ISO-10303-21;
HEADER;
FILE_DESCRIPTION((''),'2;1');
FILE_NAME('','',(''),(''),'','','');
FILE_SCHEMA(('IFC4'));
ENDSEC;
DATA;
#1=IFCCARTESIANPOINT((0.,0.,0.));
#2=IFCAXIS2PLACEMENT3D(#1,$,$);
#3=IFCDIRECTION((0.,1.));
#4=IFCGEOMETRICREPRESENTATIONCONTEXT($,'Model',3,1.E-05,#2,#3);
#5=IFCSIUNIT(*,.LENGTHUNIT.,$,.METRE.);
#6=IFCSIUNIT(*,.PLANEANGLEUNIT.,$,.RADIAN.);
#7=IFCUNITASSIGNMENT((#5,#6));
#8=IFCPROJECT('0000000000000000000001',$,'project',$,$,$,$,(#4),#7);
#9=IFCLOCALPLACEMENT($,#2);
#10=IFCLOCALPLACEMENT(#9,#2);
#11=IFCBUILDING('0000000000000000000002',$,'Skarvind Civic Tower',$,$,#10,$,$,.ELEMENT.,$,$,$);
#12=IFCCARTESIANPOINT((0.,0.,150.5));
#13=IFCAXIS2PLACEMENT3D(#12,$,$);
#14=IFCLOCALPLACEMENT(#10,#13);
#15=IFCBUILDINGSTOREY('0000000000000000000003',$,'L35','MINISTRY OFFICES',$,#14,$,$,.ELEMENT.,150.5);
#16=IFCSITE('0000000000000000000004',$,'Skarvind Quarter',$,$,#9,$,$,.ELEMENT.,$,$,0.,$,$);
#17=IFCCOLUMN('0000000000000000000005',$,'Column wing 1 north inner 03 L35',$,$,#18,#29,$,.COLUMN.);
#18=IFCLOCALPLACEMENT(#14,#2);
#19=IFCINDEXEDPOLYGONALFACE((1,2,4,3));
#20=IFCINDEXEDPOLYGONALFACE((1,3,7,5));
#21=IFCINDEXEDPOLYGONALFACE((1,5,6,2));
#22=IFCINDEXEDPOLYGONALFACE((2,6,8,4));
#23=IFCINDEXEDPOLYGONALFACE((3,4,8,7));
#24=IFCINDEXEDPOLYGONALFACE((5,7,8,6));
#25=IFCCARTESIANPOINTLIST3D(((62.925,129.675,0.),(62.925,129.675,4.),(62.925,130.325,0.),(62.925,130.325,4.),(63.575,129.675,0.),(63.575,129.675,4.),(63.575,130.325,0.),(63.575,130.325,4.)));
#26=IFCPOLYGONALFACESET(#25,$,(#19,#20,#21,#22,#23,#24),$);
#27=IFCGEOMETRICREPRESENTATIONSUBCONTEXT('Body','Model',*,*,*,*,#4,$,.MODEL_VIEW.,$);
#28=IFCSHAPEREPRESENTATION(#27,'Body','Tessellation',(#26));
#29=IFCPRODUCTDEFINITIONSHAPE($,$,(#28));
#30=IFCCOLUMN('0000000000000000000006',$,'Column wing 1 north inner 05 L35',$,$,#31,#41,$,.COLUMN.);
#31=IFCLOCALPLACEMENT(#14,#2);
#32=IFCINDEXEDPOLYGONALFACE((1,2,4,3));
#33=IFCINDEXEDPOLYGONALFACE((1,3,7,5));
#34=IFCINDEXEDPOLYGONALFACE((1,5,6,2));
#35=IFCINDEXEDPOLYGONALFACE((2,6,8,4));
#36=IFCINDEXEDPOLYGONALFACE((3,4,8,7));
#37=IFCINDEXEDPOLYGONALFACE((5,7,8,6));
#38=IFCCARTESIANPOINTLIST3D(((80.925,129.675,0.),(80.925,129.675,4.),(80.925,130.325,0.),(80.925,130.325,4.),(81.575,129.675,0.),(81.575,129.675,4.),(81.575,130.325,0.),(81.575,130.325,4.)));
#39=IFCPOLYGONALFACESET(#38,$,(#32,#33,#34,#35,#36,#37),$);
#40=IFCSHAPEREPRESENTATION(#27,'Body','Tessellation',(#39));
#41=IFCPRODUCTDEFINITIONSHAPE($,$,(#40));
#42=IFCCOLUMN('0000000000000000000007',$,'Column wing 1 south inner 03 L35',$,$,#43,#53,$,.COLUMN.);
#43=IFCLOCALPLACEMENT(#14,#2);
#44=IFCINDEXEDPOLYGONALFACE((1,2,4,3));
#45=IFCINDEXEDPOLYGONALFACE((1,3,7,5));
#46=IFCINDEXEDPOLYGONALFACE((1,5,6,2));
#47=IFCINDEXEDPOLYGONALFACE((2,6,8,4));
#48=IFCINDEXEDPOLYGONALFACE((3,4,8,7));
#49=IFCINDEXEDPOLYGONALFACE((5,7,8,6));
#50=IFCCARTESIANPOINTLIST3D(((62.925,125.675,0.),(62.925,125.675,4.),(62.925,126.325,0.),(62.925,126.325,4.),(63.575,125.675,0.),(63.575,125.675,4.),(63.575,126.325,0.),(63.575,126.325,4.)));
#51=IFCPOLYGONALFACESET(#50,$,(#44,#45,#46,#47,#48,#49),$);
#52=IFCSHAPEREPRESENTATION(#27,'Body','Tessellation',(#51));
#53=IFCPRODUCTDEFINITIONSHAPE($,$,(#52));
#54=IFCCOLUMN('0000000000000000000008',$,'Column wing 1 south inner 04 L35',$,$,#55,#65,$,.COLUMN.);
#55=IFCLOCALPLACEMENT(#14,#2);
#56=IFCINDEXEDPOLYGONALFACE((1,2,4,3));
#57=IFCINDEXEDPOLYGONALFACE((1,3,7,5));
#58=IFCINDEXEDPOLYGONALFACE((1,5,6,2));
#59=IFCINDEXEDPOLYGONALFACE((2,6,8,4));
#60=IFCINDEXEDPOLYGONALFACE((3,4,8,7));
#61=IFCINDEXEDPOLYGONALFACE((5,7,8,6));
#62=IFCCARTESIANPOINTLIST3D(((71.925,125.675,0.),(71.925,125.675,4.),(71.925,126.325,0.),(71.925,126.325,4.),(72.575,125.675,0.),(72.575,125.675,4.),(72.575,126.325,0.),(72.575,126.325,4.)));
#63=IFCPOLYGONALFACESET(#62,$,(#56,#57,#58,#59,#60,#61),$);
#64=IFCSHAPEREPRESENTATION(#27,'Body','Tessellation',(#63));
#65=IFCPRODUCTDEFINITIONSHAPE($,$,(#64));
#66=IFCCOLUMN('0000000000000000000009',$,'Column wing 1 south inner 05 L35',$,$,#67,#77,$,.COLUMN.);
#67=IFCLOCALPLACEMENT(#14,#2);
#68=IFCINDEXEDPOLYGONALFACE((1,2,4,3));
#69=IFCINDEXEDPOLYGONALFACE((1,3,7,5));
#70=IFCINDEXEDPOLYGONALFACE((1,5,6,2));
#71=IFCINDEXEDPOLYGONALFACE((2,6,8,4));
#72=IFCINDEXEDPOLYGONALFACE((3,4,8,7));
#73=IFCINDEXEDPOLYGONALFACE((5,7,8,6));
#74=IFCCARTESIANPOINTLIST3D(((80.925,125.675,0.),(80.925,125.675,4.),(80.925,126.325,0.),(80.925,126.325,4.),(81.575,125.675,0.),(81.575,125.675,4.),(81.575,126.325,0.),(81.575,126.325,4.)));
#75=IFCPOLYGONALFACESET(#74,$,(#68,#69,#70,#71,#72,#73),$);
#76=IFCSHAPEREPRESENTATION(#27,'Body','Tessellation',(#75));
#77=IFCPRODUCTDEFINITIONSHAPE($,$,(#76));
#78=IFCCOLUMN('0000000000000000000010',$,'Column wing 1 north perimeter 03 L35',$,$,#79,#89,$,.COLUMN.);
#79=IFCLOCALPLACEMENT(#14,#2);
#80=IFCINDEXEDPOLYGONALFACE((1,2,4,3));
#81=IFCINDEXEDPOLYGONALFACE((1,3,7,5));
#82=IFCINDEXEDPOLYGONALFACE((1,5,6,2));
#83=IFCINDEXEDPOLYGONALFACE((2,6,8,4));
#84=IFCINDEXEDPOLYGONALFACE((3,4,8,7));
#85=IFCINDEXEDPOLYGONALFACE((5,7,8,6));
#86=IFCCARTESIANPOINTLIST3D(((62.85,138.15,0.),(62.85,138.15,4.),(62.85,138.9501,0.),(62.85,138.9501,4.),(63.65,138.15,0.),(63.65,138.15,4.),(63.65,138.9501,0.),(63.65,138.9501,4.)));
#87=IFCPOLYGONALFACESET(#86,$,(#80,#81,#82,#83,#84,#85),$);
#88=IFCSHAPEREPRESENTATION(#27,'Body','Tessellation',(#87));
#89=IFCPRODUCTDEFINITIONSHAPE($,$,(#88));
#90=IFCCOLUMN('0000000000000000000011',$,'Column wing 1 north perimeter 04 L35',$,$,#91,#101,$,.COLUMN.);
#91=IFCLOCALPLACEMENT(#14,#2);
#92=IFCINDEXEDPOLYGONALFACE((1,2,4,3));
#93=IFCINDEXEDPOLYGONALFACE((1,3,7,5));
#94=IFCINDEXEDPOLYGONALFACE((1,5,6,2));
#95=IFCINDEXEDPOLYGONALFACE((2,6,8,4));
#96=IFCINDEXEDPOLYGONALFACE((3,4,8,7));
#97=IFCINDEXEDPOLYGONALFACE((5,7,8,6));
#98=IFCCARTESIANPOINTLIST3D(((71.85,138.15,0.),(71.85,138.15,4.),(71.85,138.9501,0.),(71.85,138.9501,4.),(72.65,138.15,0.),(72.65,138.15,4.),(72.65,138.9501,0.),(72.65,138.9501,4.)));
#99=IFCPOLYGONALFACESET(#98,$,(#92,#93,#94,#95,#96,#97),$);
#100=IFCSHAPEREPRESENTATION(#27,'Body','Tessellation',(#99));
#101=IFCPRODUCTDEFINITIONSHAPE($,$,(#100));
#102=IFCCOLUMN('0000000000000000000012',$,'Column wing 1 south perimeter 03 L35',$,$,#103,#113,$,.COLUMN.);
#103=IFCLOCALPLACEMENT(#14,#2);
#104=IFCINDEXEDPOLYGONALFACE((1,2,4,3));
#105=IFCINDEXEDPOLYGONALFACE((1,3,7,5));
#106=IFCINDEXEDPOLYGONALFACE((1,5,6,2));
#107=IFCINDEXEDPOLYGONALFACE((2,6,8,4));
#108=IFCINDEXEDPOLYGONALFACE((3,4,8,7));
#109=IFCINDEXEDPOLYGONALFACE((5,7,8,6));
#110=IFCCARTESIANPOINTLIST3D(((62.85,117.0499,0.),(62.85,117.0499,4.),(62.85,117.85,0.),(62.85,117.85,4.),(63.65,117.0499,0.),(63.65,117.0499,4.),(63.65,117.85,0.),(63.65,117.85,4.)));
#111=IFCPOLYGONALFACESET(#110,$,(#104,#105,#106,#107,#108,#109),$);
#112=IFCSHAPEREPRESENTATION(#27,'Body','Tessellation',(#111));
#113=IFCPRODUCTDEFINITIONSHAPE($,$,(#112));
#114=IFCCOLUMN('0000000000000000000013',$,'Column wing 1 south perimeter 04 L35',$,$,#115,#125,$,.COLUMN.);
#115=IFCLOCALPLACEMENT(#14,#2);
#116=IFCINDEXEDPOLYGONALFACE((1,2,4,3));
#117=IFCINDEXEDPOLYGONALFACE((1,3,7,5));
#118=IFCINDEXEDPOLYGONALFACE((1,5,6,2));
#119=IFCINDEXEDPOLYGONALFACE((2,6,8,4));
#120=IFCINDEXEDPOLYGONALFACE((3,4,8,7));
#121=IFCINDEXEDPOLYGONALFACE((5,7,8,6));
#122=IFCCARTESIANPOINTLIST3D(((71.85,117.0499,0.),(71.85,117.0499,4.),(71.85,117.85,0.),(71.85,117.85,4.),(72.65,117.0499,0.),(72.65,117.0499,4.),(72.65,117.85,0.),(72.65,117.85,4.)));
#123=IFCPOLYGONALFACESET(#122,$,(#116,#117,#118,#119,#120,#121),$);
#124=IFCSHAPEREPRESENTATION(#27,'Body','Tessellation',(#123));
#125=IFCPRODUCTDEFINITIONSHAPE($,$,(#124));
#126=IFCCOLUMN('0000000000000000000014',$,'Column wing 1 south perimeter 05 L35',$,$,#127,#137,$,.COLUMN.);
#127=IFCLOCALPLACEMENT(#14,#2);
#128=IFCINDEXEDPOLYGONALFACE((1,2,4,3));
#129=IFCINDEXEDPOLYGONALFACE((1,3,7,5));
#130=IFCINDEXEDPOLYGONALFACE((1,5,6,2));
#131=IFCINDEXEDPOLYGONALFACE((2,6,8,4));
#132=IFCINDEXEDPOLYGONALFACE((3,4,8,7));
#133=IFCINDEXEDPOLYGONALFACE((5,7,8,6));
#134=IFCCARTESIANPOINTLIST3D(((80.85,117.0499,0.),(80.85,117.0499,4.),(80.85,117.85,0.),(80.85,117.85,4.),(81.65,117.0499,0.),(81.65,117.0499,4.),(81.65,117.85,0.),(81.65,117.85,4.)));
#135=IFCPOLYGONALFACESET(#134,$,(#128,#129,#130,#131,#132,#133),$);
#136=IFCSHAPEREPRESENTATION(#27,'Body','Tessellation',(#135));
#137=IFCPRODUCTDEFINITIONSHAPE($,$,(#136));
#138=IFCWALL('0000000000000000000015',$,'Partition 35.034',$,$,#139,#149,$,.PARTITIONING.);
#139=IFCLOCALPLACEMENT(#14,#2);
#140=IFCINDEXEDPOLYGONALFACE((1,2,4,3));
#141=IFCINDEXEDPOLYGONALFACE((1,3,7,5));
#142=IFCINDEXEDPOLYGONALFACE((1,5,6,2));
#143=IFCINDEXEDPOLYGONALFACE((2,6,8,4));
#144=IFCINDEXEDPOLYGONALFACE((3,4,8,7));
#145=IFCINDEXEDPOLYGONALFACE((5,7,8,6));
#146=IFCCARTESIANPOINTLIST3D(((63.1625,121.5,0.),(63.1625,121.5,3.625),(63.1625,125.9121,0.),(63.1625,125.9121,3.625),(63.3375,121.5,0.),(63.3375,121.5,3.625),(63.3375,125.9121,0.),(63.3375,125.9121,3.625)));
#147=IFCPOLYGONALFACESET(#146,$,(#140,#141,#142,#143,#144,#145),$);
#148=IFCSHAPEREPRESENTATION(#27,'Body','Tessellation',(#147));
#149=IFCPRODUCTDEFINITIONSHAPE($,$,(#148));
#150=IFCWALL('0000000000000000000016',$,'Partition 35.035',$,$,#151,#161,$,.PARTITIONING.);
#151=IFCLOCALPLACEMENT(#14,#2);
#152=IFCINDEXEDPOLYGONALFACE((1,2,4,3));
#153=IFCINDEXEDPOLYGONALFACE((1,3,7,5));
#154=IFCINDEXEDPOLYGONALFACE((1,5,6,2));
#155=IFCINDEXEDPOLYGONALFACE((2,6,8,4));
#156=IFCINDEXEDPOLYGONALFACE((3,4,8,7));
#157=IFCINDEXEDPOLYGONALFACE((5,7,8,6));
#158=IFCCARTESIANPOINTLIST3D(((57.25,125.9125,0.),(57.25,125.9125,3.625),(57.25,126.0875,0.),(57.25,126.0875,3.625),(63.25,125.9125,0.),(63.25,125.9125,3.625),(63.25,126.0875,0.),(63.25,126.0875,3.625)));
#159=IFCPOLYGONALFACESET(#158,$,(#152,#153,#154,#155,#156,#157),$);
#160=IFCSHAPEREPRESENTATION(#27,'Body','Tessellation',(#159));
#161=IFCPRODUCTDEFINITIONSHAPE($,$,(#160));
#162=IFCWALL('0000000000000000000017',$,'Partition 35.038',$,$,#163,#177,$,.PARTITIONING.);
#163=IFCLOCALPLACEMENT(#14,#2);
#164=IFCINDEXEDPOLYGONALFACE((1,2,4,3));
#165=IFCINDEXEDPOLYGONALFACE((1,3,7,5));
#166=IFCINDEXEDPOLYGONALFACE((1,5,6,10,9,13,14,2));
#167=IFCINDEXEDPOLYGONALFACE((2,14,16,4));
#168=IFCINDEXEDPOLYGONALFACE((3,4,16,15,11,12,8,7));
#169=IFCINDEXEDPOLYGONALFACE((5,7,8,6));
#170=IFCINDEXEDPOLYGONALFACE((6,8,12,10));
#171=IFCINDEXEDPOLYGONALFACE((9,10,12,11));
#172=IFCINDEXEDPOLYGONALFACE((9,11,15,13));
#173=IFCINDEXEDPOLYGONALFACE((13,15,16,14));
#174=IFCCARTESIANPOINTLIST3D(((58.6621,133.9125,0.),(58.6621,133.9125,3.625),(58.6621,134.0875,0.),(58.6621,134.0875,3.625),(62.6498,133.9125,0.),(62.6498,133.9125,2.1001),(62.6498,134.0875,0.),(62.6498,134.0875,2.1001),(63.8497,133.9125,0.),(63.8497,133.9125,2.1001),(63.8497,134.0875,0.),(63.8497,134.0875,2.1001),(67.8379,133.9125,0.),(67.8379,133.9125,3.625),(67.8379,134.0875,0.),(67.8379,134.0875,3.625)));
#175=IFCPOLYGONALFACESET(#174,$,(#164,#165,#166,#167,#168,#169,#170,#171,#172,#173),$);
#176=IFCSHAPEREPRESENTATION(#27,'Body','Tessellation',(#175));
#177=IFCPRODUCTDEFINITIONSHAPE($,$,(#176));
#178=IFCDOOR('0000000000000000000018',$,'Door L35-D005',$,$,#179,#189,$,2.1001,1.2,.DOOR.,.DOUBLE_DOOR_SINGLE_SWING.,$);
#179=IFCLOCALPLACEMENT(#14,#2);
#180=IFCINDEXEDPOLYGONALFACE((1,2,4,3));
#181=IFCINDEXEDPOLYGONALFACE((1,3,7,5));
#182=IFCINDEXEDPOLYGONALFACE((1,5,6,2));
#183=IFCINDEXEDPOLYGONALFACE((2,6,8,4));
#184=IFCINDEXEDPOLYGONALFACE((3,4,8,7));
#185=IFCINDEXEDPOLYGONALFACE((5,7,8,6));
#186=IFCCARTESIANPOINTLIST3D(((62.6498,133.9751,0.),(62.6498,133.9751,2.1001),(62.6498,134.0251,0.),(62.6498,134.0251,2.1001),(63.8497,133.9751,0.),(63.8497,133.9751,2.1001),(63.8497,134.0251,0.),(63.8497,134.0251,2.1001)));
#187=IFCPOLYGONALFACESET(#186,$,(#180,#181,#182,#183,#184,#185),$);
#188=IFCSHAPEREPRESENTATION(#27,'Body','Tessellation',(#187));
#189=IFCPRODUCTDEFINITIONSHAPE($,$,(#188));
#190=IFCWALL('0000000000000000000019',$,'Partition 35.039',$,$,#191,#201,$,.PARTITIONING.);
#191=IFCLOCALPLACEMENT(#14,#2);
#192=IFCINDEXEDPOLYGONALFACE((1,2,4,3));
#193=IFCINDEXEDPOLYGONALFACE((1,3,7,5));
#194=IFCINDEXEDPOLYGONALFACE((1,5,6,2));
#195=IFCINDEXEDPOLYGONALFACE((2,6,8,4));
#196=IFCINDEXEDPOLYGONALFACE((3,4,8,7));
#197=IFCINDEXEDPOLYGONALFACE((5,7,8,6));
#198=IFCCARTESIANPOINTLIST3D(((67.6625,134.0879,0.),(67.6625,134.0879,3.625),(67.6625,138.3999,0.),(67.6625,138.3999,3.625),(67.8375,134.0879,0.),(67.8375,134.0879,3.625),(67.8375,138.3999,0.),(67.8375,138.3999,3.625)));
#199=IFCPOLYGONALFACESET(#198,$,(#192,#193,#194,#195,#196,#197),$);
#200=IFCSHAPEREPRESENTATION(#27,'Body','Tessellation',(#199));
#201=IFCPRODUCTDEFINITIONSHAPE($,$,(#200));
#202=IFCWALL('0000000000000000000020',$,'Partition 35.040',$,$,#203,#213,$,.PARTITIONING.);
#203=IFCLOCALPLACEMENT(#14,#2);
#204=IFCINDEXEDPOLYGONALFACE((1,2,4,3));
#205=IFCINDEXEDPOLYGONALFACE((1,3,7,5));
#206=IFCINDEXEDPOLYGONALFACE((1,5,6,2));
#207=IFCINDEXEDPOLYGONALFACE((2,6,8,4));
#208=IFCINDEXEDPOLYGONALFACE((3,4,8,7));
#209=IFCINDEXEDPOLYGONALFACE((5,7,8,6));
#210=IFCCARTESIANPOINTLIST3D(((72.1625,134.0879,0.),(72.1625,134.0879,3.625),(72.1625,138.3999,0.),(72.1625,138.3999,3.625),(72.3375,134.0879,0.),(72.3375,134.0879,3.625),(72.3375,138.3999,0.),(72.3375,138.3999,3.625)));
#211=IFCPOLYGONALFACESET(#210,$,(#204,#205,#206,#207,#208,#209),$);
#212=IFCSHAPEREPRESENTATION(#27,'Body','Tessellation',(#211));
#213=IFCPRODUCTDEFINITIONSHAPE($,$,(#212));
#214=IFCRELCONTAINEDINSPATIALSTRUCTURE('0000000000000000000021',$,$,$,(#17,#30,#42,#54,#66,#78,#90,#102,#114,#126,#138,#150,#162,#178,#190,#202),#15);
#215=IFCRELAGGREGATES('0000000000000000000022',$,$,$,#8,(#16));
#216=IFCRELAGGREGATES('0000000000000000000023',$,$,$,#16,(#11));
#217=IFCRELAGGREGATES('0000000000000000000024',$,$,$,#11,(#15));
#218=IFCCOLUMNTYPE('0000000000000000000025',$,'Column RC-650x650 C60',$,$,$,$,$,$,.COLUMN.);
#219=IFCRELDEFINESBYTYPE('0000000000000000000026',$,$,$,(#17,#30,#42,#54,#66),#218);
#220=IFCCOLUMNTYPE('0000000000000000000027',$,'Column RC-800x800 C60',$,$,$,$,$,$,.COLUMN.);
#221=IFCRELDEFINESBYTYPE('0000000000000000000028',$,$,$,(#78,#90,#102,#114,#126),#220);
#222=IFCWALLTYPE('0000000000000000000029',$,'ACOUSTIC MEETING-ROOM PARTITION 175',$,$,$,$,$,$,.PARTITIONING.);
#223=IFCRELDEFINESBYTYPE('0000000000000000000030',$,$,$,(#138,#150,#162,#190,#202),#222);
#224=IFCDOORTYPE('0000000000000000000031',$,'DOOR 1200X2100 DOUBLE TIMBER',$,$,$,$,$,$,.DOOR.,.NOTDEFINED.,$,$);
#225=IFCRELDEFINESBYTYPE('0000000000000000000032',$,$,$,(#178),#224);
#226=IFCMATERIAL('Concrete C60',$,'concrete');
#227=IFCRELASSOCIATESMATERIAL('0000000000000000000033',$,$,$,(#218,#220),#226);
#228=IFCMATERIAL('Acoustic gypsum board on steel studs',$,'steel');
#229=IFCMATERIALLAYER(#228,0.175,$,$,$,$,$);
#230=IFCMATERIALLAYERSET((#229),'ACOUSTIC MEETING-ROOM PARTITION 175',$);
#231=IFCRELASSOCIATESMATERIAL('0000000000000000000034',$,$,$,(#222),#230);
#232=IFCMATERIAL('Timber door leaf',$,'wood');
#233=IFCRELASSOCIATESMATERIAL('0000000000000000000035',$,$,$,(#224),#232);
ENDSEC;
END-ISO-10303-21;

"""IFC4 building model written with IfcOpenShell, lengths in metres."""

from ifc_helpers import new_model, si_unit, direction, frame, frame_2d, origin, origin_2d, place, context, subcontext, project, spatial, rectangle, extrude, material, layer, layer_set, material_profile, profile_set, type_object, element, fill, save


model = new_model("IFC4")

# Units and contexts
model_context = context("Model", 3, precision=1e-05, world=origin(), true_north=direction((0.0, 1.0)))
body_context = subcontext(model_context, "Body", "Model", "MODEL_VIEW")
ifc_project = project(units=[si_unit("LENGTHUNIT", "METRE"), si_unit("PLANEANGLEUNIT", "RADIAN")], contexts=[model_context])

# Site, building, storey
site_placement = place(None, origin())
site = spatial("IfcSite", under=ifc_project, at=site_placement, Name="Skarvind Quarter", CompositionType="ELEMENT", RefElevation=0.0)
building_placement = place(site_placement, origin())
building = spatial("IfcBuilding", under=site, at=building_placement, Name="Skarvind Civic Tower", CompositionType="ELEMENT")
storey_placement = place(building_placement, frame((0.0, 0.0, 150.5)))
storey = spatial("IfcBuildingStorey", under=building, at=storey_placement, Name="L35", Description="MINISTRY OFFICES", CompositionType="ELEMENT", Elevation=150.5)

# Columns
ifc_material_1 = material(Name="Concrete C60", Category="concrete")
ifc_material_profile_1 = material_profile(ifc_material_1, rectangle(XDim=0.6499, YDim=0.6499, at=origin_2d()), Name="RC-650x650")
ifc_profile_set_1 = profile_set([ifc_material_profile_1], Name="Concrete C60")
column_type_1 = type_object("IfcColumnType", Name="Column RC-650x650 C60", PredefinedType="COLUMN", material=ifc_profile_set_1)
for number, where, z_axis, x_axis, name in (
    (1, (63.25, 130.0, 0.0), (0.0, 0.0, 1.0), (1.0, 0.0, 0.0), "Column wing 1 north inner 03 L35"),
    (2, (81.25, 130.0, 0.0), (0.0, 0.0, 1.0), (1.0, 0.0, 0.0), "Column wing 1 north inner 05 L35"),
    (3, (63.25, 126.0, 0.0), (0.0, 0.0, 1.0), (1.0, 0.0, 0.0), "Column wing 1 south inner 03 L35"),
    (4, (72.25, 126.0, 0.0), (0.0, 0.0, 1.0), (1.0, 0.0, 0.0), "Column wing 1 south inner 04 L35"),
    (5, (81.25, 126.0, 0.0), (0.0, 0.0, 1.0), (1.0, 0.0, 0.0), "Column wing 1 south inner 05 L35"),
):
    element("IfcColumn", number, at=place(storey_placement, frame(where, z_axis=z_axis, x_axis=x_axis)), inside=storey, type_object=column_type_1, Name=name, PredefinedType="COLUMN", context=body_context, shape_type="SweptSolid", body=[
        extrude(rectangle(XDim=0.6499, YDim=0.6499, at=origin_2d()), origin(), (0.0, 0.0, 1.0), 4.0),
    ])
ifc_material_profile_2 = material_profile(ifc_material_1, rectangle(XDim=0.8, YDim=0.8, at=origin_2d()), Name="RC-800x800")
ifc_profile_set_2 = profile_set([ifc_material_profile_2], Name="Concrete C60")
column_type_2 = type_object("IfcColumnType", Name="Column RC-800x800 C60", PredefinedType="COLUMN", material=ifc_profile_set_2)
for number, where, z_axis, x_axis, name in (
    (6, (63.25, 138.55, 0.0), (0.0, 0.0, 1.0), (1.0, 0.0, 0.0), "Column wing 1 north perimeter 03 L35"),
    (7, (72.25, 138.55, 0.0), (0.0, 0.0, 1.0), (1.0, 0.0, 0.0), "Column wing 1 north perimeter 04 L35"),
    (8, (63.25, 117.45, 0.0), (0.0, 0.0, 1.0), (1.0, 0.0, 0.0), "Column wing 1 south perimeter 03 L35"),
    (9, (72.25, 117.45, 0.0), (0.0, 0.0, 1.0), (1.0, 0.0, 0.0), "Column wing 1 south perimeter 04 L35"),
    (10, (81.25, 117.45, 0.0), (0.0, 0.0, 1.0), (1.0, 0.0, 0.0), "Column wing 1 south perimeter 05 L35"),
):
    element("IfcColumn", number, at=place(storey_placement, frame(where, z_axis=z_axis, x_axis=x_axis)), inside=storey, type_object=column_type_2, Name=name, PredefinedType="COLUMN", context=body_context, shape_type="SweptSolid", body=[
        extrude(rectangle(XDim=0.8, YDim=0.8, at=origin_2d()), origin(), (0.0, 0.0, 1.0), 4.0),
    ])

# Walls
ifc_material_2 = material(Name="Acoustic gypsum board on steel studs", Category="steel")
ifc_layer_1 = layer(ifc_material_2, 0.175)
ifc_layer_set_1 = layer_set([ifc_layer_1], Name="ACOUSTIC MEETING-ROOM PARTITION 175")
wall_type_1 = type_object("IfcWallType", Name="ACOUSTIC MEETING-ROOM PARTITION 175", PredefinedType="PARTITIONING", material=ifc_layer_set_1)
wall_1_placement = place(storey_placement, frame((63.25, 121.5, 0.0), z_axis=(0.0, 0.0, 1.0), x_axis=(0.0, 1.0, 0.0)))
element("IfcWall", 11, at=wall_1_placement, inside=storey, type_object=wall_type_1, Name="Partition 35.034", PredefinedType="PARTITIONING", context=body_context, shape_type="SweptSolid", body=[
    extrude(rectangle(XDim=4.4121, YDim=0.175, at=frame_2d((2.2061, 0.0))), origin(), (0.0, 0.0, 1.0), 3.625),
])
wall_2_placement = place(storey_placement, frame((63.25, 126.0, 0.0), z_axis=(0.0, 0.0, 1.0), x_axis=(-1.0, 0.0, 0.0)))
element("IfcWall", 12, at=wall_2_placement, inside=storey, type_object=wall_type_1, Name="Partition 35.035", PredefinedType="PARTITIONING", context=body_context, shape_type="SweptSolid", body=[
    extrude(rectangle(XDim=6.0, YDim=0.175, at=frame_2d((3.0, 0.0))), origin(), (0.0, 0.0, 1.0), 3.625),
])

# Wall, opening, door
wall_3_placement = place(storey_placement, frame((67.8379, 134.0, 0.0), z_axis=(0.0, 0.0, 1.0), x_axis=(-1.0, 0.0, 0.0)))
wall_3 = element("IfcWall", 13, at=wall_3_placement, inside=storey, type_object=wall_type_1, Name="Partition 35.038", PredefinedType="PARTITIONING", context=body_context, shape_type="SweptSolid", body=[
    extrude(rectangle(XDim=9.1758, YDim=0.175, at=frame_2d((4.5879, 0.0))), origin(), (0.0, 0.0, 1.0), 3.625),
])
opening_1_placement = place(wall_3_placement, frame((3.988, 0.0, 0.0)))
opening_1 = element("IfcOpeningElement", 14, at=opening_1_placement, cuts=wall_3, PredefinedType="OPENING", context=body_context, shape_type="SweptSolid", body=[
    extrude(rectangle(XDim=1.2, YDim=2.1001, at=frame_2d((0.6001, 1.05))), frame((0.0, 0.0974, 0.0), z_axis=(0.0, -1.0, 0.0), x_axis=(1.0, 0.0, 0.0)), (0.0, 0.0, 1.0), 0.1951),
])
ifc_material_3 = material(Name="Timber door leaf", Category="wood")
door_type_1 = type_object("IfcDoorType", Name="DOOR 1200X2100 DOUBLE TIMBER", OperationType="NOTDEFINED", PredefinedType="DOOR", material=ifc_material_3)
door_1_placement = place(opening_1_placement, origin())
door_1 = element("IfcDoor", 15, at=door_1_placement, inside=storey, type_object=door_type_1, Name="Door L35-D005", OperationType="DOUBLE_DOOR_SINGLE_SWING", OverallHeight=2.1001, OverallWidth=1.2, PredefinedType="DOOR", context=body_context, shape_type="SweptSolid", body=[
    extrude(rectangle(XDim=1.2, YDim=2.1001, at=frame_2d((0.6001, 1.05))), frame((0.0, 0.0249, 0.0), z_axis=(0.0, -1.0, 0.0), x_axis=(1.0, 0.0, 0.0)), (0.0, 0.0, 1.0), 0.05),
])
fill(opening_1, door_1)

# Walls
for number, where, z_axis, x_axis, name in (
    (16, (67.75, 138.3999, 0.0), (0.0, 0.0, 1.0), (0.0, -1.0, 0.0), "Partition 35.039"),
    (17, (72.25, 134.0879, 0.0), (0.0, 0.0, 1.0), (0.0, 1.0, 0.0), "Partition 35.040"),
):
    element("IfcWall", number, at=place(storey_placement, frame(where, z_axis=z_axis, x_axis=x_axis)), inside=storey, type_object=wall_type_1, Name=name, PredefinedType="PARTITIONING", context=body_context, shape_type="SweptSolid", body=[
        extrude(rectangle(XDim=4.312, YDim=0.175, at=frame_2d((2.156, 0.0))), origin(), (0.0, 0.0, 1.0), 3.625),
    ])

save(model, "model.ifc")
